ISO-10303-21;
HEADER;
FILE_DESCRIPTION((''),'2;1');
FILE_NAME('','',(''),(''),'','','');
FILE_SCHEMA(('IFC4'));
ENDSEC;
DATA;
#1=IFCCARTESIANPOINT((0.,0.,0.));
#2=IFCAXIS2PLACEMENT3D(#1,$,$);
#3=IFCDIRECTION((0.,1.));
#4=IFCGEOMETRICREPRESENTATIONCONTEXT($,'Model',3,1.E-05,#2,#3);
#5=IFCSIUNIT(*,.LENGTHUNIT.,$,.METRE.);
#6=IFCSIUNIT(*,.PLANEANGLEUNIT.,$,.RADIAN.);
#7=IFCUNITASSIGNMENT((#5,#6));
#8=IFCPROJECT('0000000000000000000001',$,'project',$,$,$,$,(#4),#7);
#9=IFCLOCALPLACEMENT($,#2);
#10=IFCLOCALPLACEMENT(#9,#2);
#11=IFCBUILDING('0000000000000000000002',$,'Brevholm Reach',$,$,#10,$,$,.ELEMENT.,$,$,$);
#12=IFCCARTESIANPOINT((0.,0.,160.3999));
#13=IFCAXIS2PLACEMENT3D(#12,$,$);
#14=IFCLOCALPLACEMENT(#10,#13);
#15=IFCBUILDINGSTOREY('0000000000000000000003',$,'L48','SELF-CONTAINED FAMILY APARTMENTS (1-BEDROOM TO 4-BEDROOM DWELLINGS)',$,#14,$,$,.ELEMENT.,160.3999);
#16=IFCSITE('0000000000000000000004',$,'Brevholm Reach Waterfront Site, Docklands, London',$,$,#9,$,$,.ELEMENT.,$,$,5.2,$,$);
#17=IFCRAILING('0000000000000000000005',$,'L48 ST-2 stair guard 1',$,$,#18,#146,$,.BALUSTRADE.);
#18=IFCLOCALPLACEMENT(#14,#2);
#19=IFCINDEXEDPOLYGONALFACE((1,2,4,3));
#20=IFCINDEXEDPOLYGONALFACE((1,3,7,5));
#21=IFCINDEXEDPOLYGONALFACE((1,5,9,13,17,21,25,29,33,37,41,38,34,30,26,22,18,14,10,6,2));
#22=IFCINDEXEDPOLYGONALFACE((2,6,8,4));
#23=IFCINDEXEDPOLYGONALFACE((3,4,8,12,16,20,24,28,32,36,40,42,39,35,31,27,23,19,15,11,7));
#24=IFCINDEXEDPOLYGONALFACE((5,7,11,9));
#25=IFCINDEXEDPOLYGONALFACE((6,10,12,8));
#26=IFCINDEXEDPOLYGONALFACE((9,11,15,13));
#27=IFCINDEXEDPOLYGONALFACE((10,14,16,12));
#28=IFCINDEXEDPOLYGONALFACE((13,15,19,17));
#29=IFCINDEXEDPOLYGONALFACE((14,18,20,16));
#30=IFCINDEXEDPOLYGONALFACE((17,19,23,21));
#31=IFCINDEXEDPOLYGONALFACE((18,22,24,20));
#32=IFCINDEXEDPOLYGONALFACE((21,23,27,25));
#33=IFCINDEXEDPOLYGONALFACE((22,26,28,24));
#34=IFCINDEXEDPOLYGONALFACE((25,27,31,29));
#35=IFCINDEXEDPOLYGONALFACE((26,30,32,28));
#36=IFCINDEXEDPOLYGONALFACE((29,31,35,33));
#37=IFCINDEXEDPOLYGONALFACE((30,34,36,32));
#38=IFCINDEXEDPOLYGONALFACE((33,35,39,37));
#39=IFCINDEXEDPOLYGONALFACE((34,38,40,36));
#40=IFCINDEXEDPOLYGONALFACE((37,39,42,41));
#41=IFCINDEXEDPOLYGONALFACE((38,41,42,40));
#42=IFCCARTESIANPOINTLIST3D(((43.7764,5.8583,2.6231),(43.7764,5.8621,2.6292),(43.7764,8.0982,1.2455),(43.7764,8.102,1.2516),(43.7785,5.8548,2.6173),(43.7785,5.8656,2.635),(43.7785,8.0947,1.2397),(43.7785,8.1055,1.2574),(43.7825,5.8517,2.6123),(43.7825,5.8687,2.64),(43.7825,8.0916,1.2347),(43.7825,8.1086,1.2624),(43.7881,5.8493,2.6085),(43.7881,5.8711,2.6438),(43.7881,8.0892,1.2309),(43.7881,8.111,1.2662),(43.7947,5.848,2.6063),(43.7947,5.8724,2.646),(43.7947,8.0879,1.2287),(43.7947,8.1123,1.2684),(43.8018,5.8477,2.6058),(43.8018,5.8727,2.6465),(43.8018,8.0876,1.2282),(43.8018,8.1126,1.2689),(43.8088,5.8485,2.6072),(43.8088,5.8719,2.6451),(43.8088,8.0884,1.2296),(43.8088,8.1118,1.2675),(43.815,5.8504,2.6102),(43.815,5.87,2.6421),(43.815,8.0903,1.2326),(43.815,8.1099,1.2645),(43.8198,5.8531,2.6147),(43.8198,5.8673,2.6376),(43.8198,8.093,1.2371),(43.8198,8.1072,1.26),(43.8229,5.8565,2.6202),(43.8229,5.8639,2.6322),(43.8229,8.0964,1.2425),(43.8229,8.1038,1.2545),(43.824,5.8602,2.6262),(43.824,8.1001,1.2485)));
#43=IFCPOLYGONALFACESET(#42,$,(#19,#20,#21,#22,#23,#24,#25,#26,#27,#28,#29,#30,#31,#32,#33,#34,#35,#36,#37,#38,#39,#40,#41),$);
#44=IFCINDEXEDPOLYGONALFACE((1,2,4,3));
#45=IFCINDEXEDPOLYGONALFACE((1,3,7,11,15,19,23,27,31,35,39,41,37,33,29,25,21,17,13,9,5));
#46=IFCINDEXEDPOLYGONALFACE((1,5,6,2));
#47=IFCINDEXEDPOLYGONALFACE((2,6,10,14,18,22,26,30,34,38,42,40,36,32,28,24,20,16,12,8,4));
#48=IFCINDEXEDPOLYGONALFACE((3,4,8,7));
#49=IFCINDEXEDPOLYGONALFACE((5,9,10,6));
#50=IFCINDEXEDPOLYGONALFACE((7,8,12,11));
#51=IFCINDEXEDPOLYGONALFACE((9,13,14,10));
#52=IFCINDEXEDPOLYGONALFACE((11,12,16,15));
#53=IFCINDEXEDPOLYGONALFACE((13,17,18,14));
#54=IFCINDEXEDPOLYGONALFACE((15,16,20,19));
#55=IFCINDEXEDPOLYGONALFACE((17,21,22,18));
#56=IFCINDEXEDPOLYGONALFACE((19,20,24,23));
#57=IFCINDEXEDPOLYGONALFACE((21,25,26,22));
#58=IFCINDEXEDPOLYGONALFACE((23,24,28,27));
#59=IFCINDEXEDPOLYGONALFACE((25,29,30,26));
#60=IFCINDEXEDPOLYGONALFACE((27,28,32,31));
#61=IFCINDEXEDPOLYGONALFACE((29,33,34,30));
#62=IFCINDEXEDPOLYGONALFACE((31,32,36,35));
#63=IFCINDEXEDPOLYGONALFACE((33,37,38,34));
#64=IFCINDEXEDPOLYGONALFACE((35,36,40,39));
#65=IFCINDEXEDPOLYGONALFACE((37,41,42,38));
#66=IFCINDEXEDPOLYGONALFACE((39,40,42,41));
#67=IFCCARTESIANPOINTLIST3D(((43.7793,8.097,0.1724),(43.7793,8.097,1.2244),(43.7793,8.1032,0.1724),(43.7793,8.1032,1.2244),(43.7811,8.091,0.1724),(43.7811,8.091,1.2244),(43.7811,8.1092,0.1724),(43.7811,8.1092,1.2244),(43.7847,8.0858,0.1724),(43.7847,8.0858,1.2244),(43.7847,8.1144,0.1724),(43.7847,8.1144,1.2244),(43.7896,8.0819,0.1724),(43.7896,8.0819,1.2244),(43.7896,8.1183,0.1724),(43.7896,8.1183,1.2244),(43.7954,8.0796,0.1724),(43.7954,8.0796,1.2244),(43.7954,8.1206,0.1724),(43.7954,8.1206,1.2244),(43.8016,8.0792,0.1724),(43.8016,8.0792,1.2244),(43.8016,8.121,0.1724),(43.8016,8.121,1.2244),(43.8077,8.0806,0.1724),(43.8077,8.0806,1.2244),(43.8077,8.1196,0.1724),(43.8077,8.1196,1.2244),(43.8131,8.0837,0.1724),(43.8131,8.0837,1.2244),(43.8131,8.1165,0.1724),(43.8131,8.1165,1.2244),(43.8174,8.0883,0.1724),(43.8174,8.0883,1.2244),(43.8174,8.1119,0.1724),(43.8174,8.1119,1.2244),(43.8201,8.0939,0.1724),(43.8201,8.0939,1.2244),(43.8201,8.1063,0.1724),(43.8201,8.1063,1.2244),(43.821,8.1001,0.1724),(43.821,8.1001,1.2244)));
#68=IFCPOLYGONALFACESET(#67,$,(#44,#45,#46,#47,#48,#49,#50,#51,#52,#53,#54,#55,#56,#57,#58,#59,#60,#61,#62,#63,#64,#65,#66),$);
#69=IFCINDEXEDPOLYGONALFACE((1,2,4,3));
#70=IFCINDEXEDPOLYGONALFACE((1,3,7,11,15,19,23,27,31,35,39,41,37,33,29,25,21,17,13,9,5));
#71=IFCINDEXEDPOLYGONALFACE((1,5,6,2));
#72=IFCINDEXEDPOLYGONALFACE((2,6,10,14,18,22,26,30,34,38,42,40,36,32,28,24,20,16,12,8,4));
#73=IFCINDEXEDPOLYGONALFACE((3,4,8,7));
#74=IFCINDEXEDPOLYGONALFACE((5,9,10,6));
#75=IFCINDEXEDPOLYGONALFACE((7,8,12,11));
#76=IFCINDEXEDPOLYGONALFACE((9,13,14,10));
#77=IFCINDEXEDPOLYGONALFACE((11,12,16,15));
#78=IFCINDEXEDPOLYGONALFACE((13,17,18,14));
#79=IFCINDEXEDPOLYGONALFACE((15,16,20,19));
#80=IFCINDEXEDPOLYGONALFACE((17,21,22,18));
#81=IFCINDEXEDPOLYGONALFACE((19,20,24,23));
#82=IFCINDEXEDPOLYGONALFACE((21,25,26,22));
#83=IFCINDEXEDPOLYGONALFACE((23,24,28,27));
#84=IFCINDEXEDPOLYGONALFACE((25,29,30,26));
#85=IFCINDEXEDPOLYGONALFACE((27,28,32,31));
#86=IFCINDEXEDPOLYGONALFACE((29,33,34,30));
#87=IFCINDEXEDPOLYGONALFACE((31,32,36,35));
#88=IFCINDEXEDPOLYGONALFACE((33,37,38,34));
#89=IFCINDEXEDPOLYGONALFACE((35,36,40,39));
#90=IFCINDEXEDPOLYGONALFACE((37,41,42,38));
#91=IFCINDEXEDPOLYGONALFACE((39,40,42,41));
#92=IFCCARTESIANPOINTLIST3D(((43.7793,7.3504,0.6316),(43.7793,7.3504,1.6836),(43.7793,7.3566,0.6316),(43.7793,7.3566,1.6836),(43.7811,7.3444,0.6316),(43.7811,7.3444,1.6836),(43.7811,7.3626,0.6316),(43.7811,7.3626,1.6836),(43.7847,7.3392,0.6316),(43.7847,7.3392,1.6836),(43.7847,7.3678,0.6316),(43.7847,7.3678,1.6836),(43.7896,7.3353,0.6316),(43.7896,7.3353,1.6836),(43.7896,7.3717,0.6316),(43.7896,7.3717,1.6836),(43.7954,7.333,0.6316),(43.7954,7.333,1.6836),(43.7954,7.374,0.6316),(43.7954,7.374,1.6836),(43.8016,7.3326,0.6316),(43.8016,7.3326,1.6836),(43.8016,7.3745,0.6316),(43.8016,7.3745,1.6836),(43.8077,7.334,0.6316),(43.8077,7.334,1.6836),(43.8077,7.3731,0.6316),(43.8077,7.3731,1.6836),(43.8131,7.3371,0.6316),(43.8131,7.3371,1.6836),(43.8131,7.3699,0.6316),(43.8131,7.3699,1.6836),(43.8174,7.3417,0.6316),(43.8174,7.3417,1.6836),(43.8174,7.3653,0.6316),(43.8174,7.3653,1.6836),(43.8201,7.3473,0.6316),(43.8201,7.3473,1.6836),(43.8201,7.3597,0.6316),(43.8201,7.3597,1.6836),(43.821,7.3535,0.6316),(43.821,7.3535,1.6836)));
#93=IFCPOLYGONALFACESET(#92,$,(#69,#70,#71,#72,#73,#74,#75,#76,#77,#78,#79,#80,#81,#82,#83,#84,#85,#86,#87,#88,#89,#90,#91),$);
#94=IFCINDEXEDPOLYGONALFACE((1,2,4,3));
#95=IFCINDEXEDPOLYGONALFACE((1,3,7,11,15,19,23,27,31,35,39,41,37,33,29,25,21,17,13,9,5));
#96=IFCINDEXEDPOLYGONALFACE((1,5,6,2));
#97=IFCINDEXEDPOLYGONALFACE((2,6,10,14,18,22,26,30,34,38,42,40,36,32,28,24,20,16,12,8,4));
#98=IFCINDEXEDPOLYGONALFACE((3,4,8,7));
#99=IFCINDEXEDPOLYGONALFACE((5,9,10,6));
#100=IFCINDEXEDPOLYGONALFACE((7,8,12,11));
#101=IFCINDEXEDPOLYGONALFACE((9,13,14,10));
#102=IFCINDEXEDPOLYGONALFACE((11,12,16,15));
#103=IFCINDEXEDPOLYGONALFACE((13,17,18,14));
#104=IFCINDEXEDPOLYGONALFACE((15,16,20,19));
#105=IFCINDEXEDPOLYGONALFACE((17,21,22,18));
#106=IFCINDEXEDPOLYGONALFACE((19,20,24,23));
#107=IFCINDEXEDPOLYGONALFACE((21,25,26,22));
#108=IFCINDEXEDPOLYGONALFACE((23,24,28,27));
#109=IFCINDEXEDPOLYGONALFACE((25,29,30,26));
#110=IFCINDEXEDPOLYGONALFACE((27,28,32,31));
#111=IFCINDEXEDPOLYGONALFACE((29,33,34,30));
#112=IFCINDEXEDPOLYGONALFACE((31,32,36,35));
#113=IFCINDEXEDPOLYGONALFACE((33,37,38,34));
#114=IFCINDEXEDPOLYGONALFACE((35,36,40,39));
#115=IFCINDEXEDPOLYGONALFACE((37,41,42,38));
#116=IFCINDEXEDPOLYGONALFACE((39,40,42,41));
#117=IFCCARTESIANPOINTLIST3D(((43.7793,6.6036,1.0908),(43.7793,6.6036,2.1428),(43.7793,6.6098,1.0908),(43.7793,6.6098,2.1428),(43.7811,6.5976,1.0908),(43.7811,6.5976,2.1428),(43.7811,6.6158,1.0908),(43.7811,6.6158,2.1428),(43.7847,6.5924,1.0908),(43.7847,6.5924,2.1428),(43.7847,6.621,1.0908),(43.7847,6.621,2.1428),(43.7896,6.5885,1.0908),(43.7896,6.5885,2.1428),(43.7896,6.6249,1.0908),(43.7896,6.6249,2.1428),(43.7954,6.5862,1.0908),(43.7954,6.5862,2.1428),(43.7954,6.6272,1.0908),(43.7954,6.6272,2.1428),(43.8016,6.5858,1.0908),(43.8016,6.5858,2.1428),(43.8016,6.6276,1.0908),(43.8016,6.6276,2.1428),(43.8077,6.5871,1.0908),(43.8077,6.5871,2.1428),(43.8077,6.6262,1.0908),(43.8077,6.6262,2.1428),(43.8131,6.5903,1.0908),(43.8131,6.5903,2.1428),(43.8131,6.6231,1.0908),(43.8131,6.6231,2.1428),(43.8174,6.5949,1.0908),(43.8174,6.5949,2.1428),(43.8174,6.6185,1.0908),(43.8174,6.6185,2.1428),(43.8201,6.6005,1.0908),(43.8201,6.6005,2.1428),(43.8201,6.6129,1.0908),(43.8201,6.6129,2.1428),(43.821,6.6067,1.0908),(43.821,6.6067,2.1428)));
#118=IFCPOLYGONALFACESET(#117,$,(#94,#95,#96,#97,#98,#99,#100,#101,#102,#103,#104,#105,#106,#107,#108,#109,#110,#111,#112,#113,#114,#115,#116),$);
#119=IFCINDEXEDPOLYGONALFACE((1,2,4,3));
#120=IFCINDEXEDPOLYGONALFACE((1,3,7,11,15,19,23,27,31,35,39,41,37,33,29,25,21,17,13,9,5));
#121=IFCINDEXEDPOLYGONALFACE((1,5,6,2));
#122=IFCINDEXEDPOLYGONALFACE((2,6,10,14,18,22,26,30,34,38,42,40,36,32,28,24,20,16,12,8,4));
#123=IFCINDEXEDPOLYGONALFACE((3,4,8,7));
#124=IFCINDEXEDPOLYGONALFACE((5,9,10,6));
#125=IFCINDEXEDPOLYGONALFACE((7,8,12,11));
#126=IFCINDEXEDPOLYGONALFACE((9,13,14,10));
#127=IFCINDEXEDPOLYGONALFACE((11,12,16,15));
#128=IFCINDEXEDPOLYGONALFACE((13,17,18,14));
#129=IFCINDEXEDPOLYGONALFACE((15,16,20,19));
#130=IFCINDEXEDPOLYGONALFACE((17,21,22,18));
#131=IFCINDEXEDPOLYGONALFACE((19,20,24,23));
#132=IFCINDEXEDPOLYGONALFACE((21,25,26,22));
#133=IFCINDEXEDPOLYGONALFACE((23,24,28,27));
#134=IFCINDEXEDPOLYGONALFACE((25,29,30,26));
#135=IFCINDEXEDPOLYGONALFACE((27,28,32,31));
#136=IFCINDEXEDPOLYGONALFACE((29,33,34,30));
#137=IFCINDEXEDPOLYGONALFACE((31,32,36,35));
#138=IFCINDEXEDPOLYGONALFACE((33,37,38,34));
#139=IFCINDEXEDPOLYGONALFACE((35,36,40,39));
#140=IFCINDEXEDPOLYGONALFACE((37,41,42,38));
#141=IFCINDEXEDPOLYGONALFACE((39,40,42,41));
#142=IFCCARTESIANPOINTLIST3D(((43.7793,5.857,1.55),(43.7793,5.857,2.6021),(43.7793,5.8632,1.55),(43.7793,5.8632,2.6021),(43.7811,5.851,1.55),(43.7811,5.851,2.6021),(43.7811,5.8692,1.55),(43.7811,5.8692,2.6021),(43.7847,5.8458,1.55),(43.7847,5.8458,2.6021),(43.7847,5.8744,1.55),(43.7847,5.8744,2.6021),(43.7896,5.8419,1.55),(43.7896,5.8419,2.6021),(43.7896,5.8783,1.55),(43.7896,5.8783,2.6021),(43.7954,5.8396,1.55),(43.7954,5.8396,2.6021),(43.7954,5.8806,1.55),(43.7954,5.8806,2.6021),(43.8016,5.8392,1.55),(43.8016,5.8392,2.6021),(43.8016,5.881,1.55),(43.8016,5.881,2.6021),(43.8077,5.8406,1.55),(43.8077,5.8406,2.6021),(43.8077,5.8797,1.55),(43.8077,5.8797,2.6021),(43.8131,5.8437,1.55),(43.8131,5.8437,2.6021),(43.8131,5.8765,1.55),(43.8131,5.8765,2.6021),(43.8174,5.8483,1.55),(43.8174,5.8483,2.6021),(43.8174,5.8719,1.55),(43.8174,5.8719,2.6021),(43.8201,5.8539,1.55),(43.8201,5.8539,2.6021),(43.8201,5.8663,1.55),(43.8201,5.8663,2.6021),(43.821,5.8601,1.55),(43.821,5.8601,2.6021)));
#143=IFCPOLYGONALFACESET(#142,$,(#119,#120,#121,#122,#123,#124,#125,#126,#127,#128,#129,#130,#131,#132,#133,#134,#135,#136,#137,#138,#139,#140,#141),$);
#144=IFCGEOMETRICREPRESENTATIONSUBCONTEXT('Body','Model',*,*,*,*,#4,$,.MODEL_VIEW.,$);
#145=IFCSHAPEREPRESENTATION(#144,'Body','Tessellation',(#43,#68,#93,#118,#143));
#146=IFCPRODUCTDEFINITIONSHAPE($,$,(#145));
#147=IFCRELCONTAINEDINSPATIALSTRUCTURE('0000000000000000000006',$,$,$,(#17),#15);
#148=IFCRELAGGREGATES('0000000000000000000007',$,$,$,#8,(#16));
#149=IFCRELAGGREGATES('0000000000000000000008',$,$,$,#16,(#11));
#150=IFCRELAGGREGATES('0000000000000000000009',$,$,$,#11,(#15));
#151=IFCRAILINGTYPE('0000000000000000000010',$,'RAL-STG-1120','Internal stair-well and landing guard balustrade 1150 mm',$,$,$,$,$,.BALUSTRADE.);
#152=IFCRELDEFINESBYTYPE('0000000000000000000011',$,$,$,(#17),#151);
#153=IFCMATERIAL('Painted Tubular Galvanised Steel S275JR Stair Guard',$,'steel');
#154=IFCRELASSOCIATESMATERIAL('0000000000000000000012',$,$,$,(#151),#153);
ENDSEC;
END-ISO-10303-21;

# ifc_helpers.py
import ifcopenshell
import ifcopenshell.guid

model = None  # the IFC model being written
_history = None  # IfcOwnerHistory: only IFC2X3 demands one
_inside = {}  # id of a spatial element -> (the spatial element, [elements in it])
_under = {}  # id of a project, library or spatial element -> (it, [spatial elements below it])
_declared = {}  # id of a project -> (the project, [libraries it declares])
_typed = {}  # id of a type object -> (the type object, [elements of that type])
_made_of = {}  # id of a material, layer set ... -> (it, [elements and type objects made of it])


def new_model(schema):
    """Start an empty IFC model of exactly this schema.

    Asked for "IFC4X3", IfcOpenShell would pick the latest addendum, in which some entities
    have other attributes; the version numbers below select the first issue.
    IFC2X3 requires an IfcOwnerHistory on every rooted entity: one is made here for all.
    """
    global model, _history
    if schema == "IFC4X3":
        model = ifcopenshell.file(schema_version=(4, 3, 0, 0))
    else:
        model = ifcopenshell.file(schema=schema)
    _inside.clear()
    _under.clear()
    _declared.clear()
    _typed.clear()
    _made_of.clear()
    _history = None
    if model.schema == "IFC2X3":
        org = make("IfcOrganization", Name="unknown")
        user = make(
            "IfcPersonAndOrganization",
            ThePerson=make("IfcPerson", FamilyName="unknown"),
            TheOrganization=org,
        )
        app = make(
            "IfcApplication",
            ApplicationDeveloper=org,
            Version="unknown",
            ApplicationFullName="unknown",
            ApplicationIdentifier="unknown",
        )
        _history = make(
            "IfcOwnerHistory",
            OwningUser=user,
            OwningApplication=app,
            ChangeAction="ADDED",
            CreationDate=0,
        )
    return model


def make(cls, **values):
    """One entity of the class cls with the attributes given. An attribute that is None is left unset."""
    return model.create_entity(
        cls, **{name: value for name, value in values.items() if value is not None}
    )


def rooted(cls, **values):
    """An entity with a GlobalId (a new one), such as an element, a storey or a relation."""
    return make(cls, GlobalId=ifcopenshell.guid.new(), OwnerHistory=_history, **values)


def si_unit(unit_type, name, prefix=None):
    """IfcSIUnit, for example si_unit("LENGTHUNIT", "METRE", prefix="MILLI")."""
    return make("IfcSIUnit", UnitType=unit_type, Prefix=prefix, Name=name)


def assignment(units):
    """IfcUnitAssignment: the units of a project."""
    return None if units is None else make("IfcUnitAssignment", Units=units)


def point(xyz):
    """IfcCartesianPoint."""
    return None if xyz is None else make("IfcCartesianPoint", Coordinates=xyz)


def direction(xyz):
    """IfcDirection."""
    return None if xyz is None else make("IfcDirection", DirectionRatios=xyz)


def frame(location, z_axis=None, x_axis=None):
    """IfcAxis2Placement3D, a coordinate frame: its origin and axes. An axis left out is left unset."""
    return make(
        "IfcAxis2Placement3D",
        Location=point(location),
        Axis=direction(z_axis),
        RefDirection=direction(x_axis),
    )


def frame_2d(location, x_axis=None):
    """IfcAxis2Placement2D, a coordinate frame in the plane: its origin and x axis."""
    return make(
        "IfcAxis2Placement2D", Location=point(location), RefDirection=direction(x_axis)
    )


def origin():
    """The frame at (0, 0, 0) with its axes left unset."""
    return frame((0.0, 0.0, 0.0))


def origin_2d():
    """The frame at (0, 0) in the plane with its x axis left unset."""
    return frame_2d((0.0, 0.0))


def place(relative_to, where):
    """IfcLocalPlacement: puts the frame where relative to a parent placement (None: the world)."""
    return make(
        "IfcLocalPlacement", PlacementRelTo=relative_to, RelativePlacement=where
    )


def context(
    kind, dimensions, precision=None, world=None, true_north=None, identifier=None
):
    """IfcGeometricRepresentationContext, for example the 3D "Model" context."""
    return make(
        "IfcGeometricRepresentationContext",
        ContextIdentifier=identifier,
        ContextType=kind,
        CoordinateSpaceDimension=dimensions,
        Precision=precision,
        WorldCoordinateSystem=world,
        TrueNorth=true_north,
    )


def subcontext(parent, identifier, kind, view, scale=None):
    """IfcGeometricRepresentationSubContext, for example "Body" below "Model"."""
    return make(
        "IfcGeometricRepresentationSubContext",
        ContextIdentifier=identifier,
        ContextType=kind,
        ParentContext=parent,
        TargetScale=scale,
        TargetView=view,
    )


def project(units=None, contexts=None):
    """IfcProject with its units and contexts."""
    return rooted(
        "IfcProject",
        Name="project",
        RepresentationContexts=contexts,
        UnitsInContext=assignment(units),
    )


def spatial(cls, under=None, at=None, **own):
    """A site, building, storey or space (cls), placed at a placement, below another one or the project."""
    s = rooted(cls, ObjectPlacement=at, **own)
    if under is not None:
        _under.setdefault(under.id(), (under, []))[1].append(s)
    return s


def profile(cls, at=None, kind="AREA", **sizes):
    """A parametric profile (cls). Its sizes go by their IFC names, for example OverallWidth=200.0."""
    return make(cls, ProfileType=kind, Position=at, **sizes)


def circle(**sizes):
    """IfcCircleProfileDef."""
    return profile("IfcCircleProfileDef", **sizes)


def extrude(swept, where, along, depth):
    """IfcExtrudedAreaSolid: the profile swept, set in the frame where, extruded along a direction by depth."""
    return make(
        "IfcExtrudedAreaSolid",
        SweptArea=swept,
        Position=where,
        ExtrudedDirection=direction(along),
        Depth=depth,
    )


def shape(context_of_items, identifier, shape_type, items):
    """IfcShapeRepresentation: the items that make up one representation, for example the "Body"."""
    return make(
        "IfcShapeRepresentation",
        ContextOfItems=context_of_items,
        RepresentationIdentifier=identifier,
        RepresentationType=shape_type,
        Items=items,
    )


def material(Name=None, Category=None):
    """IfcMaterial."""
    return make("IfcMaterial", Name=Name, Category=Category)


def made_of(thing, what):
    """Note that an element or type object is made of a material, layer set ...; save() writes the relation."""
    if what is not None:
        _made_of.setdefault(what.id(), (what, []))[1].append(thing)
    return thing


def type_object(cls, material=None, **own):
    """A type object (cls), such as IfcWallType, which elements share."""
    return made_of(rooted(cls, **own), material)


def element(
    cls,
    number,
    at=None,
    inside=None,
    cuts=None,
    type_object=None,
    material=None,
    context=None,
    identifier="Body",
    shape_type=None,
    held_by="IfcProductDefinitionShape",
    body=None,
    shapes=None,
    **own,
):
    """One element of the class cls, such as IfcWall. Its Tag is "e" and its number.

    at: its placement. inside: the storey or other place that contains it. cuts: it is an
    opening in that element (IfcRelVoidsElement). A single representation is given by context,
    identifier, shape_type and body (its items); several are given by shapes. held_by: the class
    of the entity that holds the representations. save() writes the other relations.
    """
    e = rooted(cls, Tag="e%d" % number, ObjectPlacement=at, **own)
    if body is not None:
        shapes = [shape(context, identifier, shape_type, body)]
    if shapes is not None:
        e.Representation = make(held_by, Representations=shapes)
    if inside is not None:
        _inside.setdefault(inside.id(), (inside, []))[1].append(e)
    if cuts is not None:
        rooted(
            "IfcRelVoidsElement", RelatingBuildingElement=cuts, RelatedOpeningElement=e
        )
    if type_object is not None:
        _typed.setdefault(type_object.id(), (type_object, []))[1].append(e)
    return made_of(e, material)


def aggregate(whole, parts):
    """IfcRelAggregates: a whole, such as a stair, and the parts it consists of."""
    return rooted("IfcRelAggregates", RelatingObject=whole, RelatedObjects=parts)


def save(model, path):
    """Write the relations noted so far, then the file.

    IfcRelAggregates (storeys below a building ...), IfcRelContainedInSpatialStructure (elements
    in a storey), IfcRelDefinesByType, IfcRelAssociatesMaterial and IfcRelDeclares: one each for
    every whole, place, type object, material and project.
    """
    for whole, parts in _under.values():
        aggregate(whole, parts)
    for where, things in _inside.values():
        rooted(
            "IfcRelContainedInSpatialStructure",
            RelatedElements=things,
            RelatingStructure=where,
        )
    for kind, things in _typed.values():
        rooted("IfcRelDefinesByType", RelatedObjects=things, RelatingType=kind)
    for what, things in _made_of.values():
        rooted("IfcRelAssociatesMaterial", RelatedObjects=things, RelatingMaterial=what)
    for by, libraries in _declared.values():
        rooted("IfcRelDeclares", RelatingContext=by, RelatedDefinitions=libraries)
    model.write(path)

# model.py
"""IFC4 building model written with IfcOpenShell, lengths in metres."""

from ifc_helpers import new_model, si_unit, direction, frame, origin, origin_2d, place, context, subcontext, project, spatial, circle, extrude, material, type_object, element, save


model = new_model("IFC4")

# Units and contexts
model_context = context("Model", 3, precision=1e-05, world=origin(), true_north=direction((0.0, 1.0)))
body_context = subcontext(model_context, "Body", "Model", "MODEL_VIEW")
ifc_project = project(units=[si_unit("LENGTHUNIT", "METRE"), si_unit("PLANEANGLEUNIT", "RADIAN")], contexts=[model_context])

# Site, building, storey
site_placement = place(None, origin())
site = spatial("IfcSite", under=ifc_project, at=site_placement, Name="Brevholm Reach Waterfront Site, Docklands, London", CompositionType="ELEMENT", RefElevation=5.2)
building_placement = place(site_placement, origin())
building = spatial("IfcBuilding", under=site, at=building_placement, Name="Brevholm Reach", CompositionType="ELEMENT")
storey_placement = place(building_placement, frame((0.0, 0.0, 160.3999)))
storey = spatial("IfcBuildingStorey", under=building, at=storey_placement, Name="L48", Description="SELF-CONTAINED FAMILY APARTMENTS (1-BEDROOM TO 4-BEDROOM DWELLINGS)", CompositionType="ELEMENT", Elevation=160.3999)

# Railing
ifc_material_1 = material(Name="Painted Tubular Galvanised Steel S275JR Stair Guard", Category="steel")
railing_type_1 = type_object("IfcRailingType", Name="RAL-STG-1120", Description="Internal stair-well and landing guard balustrade 1150 mm", PredefinedType="BALUSTRADE", material=ifc_material_1)
railing_1_placement = place(storey_placement, frame((43.8, 8.1001, 0.1724)))
element("IfcRailing", 1, at=railing_1_placement, inside=storey, type_object=railing_type_1, Name="L48 ST-2 stair guard 1", PredefinedType="BALUSTRADE", context=body_context, shape_type="SweptSolid", body=[
    extrude(circle(Radius=0.0239, at=origin_2d()), frame((0.0, 0.0, 1.0762), z_axis=(0.0, -0.851789, 0.523885), x_axis=(1.0, 0.0, 0.0)), (0.0, 0.0, 1.0), 2.6296),
    extrude(circle(Radius=0.021, at=origin_2d()), origin(), (0.0, 0.0, 1.0), 1.052),
    extrude(circle(Radius=0.021, at=origin_2d()), frame((0.0, -0.7466, 0.4592)), (0.0, 0.0, 1.0), 1.052),
    extrude(circle(Radius=0.021, at=origin_2d()), frame((0.0, -1.4934, 0.9185)), (0.0, 0.0, 1.0), 1.052),
    extrude(circle(Radius=0.021, at=origin_2d()), frame((0.0, -2.24, 1.3777)), (0.0, 0.0, 1.0), 1.052),
])

save(model, "model.ifc")
